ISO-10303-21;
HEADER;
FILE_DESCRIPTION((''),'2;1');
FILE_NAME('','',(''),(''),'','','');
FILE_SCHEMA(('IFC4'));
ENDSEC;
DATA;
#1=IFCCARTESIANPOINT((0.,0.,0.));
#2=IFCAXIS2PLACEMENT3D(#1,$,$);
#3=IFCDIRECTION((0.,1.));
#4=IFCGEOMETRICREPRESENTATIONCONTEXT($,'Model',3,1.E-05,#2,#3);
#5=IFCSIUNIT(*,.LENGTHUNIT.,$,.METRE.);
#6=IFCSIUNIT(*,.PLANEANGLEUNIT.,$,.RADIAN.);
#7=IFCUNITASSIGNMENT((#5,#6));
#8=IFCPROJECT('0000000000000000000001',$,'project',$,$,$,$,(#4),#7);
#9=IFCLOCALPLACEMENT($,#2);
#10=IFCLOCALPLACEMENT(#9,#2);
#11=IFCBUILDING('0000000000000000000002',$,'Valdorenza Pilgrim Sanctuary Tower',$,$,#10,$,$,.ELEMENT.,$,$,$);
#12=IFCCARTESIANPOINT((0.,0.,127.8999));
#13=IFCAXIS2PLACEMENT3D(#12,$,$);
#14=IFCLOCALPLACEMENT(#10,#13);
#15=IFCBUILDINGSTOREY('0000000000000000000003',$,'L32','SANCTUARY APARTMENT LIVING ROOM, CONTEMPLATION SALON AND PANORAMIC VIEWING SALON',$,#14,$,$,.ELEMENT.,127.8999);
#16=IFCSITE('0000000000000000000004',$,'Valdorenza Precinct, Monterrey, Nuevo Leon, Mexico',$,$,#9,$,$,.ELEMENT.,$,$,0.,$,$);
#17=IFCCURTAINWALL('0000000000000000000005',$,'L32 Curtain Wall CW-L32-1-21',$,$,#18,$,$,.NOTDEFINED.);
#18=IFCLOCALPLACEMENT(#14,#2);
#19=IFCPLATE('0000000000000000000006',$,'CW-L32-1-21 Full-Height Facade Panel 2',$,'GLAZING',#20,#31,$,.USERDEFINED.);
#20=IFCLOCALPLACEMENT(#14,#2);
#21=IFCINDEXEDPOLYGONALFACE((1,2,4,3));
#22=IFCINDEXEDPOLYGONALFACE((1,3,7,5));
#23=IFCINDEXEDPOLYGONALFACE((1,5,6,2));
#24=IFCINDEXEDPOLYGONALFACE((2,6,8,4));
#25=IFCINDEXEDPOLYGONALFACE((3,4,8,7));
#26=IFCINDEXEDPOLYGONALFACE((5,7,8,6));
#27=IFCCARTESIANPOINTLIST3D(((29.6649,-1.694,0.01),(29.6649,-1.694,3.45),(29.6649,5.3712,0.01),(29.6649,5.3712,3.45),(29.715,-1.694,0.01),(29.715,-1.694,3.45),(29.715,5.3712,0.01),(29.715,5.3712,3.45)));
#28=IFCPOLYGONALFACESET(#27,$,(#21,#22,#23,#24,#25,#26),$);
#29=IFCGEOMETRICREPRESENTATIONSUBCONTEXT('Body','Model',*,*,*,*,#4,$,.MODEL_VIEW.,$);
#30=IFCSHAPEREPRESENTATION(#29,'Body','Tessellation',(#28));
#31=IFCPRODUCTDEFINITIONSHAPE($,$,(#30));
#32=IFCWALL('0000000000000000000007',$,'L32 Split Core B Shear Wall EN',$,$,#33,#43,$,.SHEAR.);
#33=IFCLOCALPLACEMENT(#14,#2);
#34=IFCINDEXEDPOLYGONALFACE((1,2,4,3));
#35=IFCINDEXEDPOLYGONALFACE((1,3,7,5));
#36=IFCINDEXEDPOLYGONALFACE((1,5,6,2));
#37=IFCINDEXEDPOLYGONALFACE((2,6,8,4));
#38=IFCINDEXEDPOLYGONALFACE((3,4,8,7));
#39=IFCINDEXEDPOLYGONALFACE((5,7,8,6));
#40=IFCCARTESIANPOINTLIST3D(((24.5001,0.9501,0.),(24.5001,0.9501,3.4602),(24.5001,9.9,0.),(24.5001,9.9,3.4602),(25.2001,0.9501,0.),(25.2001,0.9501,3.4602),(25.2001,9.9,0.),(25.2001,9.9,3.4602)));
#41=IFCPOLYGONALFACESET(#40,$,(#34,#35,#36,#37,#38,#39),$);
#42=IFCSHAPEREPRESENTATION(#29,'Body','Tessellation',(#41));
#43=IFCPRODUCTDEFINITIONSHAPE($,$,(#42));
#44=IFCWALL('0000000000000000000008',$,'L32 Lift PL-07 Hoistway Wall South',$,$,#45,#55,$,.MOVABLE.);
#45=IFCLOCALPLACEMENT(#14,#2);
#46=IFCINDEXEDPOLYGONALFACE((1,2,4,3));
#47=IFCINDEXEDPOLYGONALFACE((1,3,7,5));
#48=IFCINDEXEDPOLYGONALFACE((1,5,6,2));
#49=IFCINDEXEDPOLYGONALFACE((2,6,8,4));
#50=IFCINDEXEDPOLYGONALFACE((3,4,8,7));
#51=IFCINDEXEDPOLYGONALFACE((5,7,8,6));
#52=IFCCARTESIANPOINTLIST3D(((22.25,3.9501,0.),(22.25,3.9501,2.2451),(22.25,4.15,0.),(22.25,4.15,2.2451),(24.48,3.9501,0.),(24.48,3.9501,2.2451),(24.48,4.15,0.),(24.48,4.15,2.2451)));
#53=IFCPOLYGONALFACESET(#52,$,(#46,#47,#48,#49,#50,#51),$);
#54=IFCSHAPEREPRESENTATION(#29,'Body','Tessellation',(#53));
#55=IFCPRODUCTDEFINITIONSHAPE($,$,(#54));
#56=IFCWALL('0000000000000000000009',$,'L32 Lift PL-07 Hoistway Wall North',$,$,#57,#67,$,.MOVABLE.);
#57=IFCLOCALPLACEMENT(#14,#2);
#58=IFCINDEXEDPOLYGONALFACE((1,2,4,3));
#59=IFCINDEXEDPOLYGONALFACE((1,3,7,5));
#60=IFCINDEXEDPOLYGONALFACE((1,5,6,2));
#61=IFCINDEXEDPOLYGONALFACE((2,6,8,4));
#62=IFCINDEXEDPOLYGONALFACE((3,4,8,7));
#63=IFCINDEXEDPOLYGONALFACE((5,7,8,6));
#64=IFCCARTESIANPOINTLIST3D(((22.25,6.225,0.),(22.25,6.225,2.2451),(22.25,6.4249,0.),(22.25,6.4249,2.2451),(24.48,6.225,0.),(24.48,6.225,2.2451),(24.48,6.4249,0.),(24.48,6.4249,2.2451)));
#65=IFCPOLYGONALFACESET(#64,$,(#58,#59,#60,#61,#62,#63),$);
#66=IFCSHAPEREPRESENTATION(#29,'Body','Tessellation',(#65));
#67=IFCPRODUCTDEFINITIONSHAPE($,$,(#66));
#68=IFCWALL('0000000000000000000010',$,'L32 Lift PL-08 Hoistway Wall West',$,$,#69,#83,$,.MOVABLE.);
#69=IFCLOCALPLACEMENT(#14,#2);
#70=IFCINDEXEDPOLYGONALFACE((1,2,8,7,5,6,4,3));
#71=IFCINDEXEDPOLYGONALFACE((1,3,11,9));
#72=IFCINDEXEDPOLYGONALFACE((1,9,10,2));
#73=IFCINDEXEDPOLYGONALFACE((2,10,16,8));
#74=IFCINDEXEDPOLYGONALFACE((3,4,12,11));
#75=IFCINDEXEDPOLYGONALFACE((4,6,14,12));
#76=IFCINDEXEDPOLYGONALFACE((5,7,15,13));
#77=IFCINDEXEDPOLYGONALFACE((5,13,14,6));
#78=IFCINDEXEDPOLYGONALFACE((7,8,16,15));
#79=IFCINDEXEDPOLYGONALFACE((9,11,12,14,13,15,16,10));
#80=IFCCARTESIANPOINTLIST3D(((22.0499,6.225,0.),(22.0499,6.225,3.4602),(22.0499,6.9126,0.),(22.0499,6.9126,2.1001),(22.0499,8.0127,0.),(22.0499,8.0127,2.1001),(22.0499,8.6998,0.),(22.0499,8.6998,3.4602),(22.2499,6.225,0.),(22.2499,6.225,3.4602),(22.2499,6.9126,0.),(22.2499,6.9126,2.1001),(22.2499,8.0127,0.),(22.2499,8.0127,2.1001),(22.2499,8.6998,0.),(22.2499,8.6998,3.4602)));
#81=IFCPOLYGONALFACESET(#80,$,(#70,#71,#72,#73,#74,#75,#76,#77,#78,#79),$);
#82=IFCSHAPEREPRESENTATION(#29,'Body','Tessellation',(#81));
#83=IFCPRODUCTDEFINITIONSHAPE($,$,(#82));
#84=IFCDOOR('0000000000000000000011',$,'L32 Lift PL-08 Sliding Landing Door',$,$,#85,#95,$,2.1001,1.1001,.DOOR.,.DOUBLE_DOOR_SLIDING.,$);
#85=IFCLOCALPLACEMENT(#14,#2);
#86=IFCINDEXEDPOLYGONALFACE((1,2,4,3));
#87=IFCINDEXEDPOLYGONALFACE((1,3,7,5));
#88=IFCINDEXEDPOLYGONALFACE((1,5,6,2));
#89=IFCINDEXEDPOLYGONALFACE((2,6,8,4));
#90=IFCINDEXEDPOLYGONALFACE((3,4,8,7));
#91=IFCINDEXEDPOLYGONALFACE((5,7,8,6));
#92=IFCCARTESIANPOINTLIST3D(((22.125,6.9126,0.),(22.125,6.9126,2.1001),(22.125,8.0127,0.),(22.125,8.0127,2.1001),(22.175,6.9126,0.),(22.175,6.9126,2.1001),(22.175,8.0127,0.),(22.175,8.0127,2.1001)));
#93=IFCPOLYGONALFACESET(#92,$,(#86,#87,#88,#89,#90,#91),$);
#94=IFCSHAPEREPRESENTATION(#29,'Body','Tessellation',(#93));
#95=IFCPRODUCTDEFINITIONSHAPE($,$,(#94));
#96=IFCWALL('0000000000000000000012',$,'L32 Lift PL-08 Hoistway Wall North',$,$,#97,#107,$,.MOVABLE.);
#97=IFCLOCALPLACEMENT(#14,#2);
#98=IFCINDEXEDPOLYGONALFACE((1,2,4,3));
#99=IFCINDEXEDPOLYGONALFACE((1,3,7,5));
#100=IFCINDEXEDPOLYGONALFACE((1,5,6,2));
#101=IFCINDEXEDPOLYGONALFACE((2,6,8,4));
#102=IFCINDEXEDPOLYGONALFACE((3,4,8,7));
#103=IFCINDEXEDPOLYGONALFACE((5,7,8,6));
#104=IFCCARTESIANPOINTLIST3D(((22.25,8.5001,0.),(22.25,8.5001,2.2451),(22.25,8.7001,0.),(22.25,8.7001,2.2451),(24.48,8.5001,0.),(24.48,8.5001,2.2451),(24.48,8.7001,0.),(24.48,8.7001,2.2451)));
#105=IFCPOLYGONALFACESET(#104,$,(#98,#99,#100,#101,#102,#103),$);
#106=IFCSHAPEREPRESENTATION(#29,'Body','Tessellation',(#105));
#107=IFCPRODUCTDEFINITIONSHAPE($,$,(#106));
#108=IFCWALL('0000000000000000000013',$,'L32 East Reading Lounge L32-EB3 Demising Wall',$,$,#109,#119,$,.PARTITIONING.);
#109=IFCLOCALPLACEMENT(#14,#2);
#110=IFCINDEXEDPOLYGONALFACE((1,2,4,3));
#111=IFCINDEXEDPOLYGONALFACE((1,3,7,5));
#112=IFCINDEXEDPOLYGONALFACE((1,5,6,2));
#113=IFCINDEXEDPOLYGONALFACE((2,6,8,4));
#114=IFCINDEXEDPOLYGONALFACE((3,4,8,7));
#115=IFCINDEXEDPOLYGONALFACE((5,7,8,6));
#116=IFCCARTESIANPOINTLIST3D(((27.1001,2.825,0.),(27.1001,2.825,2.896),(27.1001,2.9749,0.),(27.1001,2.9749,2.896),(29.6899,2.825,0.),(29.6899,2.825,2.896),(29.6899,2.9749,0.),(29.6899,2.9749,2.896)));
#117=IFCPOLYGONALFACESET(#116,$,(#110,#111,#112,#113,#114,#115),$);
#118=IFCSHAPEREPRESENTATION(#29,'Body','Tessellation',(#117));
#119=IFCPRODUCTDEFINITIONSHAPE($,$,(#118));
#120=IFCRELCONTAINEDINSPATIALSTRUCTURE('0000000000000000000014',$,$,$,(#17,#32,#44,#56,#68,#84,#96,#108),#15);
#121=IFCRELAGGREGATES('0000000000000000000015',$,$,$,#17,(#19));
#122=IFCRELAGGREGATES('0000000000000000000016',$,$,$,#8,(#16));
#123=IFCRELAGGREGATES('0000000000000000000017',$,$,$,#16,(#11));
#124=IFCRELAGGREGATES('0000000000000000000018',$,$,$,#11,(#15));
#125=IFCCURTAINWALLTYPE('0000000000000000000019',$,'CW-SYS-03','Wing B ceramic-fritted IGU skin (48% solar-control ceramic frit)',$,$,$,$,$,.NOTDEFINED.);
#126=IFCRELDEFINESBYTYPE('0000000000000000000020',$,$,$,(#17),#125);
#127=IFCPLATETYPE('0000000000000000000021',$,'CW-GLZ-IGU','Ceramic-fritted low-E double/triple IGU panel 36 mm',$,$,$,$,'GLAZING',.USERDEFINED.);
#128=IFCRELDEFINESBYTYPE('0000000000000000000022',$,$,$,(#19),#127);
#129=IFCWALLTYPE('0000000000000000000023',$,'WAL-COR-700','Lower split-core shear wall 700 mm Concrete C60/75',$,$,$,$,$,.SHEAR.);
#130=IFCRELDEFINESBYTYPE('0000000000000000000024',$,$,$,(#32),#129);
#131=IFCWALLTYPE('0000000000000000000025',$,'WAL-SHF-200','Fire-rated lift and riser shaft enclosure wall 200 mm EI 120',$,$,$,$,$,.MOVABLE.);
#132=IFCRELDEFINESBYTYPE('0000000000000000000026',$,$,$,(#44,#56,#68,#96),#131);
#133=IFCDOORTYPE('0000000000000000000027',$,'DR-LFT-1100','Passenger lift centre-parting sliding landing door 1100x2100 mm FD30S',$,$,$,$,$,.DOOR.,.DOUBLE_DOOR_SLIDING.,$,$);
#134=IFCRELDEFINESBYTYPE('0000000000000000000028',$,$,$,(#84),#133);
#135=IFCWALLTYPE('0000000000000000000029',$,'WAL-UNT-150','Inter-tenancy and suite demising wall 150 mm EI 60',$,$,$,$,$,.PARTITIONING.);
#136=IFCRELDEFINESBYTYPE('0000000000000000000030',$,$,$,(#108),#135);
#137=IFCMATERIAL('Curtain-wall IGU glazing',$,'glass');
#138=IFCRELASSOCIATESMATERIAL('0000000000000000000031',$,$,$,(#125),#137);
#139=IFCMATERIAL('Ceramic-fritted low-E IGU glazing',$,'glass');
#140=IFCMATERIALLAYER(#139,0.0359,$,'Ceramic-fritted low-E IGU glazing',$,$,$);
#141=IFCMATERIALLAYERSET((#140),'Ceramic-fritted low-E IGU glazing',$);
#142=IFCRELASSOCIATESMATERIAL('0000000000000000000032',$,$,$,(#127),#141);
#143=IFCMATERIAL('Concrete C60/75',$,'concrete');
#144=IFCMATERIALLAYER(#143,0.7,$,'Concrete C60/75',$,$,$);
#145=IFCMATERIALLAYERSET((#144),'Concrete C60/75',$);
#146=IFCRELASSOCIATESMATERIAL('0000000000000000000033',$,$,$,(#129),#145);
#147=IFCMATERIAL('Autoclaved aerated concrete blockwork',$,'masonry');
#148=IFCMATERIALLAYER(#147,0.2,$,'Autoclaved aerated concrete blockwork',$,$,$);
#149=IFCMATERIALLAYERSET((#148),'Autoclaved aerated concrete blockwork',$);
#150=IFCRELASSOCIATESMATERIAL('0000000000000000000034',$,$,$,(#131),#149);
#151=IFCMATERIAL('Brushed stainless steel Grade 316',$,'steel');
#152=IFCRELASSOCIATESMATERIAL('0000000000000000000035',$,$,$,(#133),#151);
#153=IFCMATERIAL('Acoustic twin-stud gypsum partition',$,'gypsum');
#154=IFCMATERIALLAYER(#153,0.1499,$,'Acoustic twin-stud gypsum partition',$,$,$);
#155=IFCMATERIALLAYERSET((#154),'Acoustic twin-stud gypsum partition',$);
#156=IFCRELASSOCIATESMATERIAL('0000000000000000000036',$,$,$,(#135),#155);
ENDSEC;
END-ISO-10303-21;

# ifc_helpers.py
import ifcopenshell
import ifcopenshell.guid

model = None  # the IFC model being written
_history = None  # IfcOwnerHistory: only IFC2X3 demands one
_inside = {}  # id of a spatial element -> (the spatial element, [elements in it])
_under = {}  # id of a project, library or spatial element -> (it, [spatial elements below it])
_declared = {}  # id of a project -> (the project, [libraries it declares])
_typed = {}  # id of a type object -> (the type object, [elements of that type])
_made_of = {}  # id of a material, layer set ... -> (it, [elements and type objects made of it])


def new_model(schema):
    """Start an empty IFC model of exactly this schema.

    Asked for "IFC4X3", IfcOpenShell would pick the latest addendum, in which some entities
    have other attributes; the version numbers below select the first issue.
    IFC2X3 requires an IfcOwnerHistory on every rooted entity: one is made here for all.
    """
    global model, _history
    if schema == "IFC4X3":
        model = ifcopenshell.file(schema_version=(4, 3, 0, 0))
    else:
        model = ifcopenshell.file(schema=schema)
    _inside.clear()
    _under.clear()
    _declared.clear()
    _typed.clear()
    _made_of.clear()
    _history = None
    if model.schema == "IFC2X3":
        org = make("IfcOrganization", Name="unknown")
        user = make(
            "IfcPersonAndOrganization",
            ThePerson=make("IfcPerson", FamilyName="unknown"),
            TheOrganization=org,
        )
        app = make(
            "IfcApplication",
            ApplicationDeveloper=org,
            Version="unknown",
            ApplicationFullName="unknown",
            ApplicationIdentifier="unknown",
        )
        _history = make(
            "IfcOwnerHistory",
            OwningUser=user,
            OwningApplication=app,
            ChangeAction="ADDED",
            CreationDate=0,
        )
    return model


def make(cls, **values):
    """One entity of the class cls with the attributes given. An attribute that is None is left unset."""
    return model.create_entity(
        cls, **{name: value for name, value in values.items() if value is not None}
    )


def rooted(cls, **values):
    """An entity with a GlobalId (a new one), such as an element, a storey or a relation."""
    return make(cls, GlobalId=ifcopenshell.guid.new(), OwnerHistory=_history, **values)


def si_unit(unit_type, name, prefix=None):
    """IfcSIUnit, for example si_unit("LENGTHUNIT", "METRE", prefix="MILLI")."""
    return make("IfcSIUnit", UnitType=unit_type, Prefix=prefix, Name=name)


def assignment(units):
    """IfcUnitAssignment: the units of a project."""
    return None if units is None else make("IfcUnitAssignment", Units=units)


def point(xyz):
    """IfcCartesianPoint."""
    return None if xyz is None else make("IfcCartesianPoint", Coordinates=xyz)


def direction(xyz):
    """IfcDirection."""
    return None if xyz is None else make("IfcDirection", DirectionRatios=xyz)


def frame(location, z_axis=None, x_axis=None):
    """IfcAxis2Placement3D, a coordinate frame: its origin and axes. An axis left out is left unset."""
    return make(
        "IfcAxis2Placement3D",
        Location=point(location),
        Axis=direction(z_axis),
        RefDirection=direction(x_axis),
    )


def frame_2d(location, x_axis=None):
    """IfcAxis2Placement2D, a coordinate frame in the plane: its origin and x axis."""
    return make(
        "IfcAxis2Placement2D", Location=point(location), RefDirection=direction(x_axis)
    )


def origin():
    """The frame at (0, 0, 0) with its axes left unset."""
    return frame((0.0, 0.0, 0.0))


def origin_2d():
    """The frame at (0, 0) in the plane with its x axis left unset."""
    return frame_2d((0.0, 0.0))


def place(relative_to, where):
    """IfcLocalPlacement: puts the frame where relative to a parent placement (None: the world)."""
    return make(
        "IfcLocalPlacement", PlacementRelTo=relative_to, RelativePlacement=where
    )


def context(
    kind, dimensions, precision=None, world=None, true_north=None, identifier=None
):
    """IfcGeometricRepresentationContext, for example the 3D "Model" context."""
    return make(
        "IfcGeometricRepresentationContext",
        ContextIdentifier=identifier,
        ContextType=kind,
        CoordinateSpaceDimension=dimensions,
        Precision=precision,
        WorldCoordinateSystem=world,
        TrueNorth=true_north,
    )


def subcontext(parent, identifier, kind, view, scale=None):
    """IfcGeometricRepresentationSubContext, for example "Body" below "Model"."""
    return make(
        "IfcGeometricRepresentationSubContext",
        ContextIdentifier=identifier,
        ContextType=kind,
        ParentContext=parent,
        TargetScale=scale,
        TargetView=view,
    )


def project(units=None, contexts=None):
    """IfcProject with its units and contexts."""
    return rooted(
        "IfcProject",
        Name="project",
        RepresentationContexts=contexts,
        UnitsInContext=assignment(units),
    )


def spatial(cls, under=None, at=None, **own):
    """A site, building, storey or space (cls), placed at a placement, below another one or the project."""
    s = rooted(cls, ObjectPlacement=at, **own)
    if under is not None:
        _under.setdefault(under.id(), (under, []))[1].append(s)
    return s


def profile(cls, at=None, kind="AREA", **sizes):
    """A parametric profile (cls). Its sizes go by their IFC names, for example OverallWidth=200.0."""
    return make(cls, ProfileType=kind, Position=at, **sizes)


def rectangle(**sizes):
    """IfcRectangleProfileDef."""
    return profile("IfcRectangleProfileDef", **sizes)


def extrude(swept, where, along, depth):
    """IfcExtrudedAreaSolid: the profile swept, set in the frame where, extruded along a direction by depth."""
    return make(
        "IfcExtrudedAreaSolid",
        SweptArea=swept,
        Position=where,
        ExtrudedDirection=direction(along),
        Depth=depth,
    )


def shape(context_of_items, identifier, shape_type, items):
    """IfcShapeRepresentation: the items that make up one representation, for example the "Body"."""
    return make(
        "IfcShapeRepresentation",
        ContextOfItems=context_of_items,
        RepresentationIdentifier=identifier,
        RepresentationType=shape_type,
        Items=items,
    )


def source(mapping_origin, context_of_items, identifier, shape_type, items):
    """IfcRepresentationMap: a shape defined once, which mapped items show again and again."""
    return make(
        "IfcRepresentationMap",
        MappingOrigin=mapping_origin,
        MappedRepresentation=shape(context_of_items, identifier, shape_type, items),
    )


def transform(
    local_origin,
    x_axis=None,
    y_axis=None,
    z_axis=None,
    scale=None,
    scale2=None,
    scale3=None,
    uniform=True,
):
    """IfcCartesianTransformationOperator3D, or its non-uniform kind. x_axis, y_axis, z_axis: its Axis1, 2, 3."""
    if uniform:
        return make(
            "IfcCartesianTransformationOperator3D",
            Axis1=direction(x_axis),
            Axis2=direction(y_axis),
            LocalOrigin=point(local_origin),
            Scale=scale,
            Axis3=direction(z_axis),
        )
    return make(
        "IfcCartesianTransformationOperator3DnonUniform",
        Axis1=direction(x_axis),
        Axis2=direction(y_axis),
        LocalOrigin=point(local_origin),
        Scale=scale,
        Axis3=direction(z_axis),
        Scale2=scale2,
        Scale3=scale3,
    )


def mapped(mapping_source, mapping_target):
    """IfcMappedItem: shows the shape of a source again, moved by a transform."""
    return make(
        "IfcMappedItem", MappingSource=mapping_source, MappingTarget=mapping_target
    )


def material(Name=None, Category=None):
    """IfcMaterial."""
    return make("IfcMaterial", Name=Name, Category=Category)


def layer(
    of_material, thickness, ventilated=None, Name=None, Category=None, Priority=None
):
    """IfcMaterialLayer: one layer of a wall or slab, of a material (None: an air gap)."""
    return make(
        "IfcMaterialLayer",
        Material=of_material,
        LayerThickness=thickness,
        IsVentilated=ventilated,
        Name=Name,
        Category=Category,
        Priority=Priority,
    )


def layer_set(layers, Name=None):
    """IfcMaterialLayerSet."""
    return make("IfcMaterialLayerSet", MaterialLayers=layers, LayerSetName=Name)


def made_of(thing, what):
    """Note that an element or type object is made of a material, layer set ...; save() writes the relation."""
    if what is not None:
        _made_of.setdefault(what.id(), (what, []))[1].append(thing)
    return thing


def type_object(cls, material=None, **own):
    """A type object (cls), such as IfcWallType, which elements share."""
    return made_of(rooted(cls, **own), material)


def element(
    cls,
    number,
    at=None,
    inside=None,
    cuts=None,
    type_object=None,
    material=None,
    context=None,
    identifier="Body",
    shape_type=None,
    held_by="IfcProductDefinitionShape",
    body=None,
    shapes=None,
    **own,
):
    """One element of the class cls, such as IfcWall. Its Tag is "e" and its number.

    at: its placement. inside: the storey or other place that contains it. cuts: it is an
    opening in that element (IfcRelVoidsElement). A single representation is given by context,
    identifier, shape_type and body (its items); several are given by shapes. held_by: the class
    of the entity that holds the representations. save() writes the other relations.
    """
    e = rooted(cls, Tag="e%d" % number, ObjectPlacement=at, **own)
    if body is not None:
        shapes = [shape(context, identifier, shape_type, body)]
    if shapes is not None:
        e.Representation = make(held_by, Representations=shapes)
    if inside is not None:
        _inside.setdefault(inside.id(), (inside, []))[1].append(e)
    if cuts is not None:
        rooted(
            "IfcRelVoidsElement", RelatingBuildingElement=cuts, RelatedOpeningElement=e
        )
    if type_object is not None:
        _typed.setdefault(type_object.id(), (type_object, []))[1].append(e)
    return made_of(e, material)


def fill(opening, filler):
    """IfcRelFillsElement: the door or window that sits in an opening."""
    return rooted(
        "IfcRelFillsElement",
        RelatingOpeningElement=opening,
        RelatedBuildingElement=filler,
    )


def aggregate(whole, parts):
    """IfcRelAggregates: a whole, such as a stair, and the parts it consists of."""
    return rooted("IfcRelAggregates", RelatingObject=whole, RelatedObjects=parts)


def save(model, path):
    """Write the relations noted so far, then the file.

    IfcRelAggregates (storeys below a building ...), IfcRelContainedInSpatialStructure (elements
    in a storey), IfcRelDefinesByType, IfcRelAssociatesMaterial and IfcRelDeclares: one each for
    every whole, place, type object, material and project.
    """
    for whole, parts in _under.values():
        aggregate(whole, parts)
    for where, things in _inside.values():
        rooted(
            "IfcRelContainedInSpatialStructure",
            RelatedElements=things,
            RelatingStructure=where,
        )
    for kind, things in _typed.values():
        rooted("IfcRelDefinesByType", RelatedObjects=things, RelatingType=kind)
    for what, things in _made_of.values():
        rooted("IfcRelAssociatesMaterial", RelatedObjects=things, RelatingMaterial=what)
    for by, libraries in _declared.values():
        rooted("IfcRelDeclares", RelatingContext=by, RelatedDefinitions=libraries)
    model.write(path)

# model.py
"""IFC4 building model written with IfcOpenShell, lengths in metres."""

from ifc_helpers import new_model, si_unit, direction, frame, frame_2d, origin, origin_2d, place, context, subcontext, project, spatial, rectangle, extrude, source, transform, mapped, material, layer, layer_set, type_object, element, fill, aggregate, save


model = new_model("IFC4")

# Units and contexts
model_context = context("Model", 3, precision=1e-05, world=origin(), true_north=direction((0.0, 1.0)))
body_context = subcontext(model_context, "Body", "Model", "MODEL_VIEW")
ifc_project = project(units=[si_unit("LENGTHUNIT", "METRE"), si_unit("PLANEANGLEUNIT", "RADIAN")], contexts=[model_context])

# Site, building, storey
site_placement = place(None, origin())
site = spatial("IfcSite", under=ifc_project, at=site_placement, Name="Valdorenza Precinct, Monterrey, Nuevo Leon, Mexico", CompositionType="ELEMENT", RefElevation=0.0)
building_placement = place(site_placement, origin())
building = spatial("IfcBuilding", under=site, at=building_placement, Name="Valdorenza Pilgrim Sanctuary Tower", CompositionType="ELEMENT")
storey_placement = place(building_placement, frame((0.0, 0.0, 127.8999)))
storey = spatial("IfcBuildingStorey", under=building, at=storey_placement, Name="L32", Description="SANCTUARY APARTMENT LIVING ROOM, CONTEMPLATION SALON AND PANORAMIC VIEWING SALON", CompositionType="ELEMENT", Elevation=127.8999)

# Curtain wall, plate
ifc_material_1 = material(Name="Curtain-wall IGU glazing", Category="glass")
curtain_wall_type = type_object("IfcCurtainWallType", Name="CW-SYS-03", Description="Wing B ceramic-fritted IGU skin (48% solar-control ceramic frit)", PredefinedType="NOTDEFINED", material=ifc_material_1)
curtain_wall_placement = place(storey_placement, origin())
curtain_wall = element("IfcCurtainWall", 1, at=curtain_wall_placement, inside=storey, type_object=curtain_wall_type, Name="L32 Curtain Wall CW-L32-1-21", PredefinedType="NOTDEFINED")
ifc_material_2 = material(Name="Ceramic-fritted low-E IGU glazing", Category="glass")
ifc_layer_1 = layer(ifc_material_2, 0.0359, Name="Ceramic-fritted low-E IGU glazing")
ifc_layer_set_1 = layer_set([ifc_layer_1], Name="Ceramic-fritted low-E IGU glazing")
plate_type_1 = type_object("IfcPlateType", Name="CW-GLZ-IGU", Description="Ceramic-fritted low-E double/triple IGU panel 36 mm", ElementType="GLAZING", PredefinedType="USERDEFINED", material=ifc_layer_set_1)
shared_shape_1 = source(origin(), body_context, "Body", "SweptSolid", [
    extrude(rectangle(XDim=7.0652, YDim=0.05, at=origin_2d()), origin(), (0.0, 0.0, 1.0), 3.4399),
])
plate_1_placement = place(storey_placement, frame((29.6899, 1.8386, 0.01), z_axis=(0.0, 0.0, 1.0), x_axis=(0.0, -1.0, 0.0)))
plate_1 = element("IfcPlate", 2, at=plate_1_placement, type_object=plate_type_1, Name="CW-L32-1-21 Full-Height Facade Panel 2", ObjectType="GLAZING", PredefinedType="USERDEFINED", context=body_context, shape_type="MappedRepresentation", body=[
    mapped(shared_shape_1, transform((0.0, 0.0, 0.0), x_axis=(1.0, 0.0, 0.0), y_axis=(0.0, 1.0, 0.0), z_axis=(0.0, 0.0, 1.0), scale=1.0)),
])
aggregate(curtain_wall, [plate_1])

# Walls
ifc_material_3 = material(Name="Concrete C60/75", Category="concrete")
ifc_layer_2 = layer(ifc_material_3, 0.7, Name="Concrete C60/75")
ifc_layer_set_2 = layer_set([ifc_layer_2], Name="Concrete C60/75")
wall_type_1 = type_object("IfcWallType", Name="WAL-COR-700", Description="Lower split-core shear wall 700 mm Concrete C60/75", PredefinedType="SHEAR", material=ifc_layer_set_2)
wall_1_placement = place(storey_placement, frame((24.8501, 0.95, 0.0), z_axis=(0.0, 0.0, 1.0), x_axis=(0.0, 1.0, 0.0)))
element("IfcWall", 3, at=wall_1_placement, inside=storey, type_object=wall_type_1, Name="L32 Split Core B Shear Wall EN", PredefinedType="SHEAR", context=body_context, shape_type="SweptSolid", body=[
    extrude(rectangle(XDim=8.95, YDim=0.7, at=frame_2d((4.4751, 0.0))), origin(), (0.0, 0.0, 1.0), 3.4602),
])
ifc_material_4 = material(Name="Autoclaved aerated concrete blockwork", Category="masonry")
ifc_layer_3 = layer(ifc_material_4, 0.2, Name="Autoclaved aerated concrete blockwork")
ifc_layer_set_3 = layer_set([ifc_layer_3], Name="Autoclaved aerated concrete blockwork")
wall_type_2 = type_object("IfcWallType", Name="WAL-SHF-200", Description="Fire-rated lift and riser shaft enclosure wall 200 mm EI 120", PredefinedType="MOVABLE", material=ifc_layer_set_3)
for number, where, z_axis, x_axis, name in (
    (4, (22.25, 4.05, 0.0), (0.0, 0.0, 1.0), (1.0, 0.0, 0.0), "L32 Lift PL-07 Hoistway Wall South"),
    (5, (22.25, 6.325, 0.0), (0.0, 0.0, 1.0), (1.0, 0.0, 0.0), "L32 Lift PL-07 Hoistway Wall North"),
):
    element("IfcWall", number, at=place(storey_placement, frame(where, z_axis=z_axis, x_axis=x_axis)), inside=storey, type_object=wall_type_2, Name=name, PredefinedType="MOVABLE", context=body_context, shape_type="SweptSolid", body=[
        extrude(rectangle(XDim=2.23, YDim=0.2, at=frame_2d((1.115, 0.0))), origin(), (0.0, 0.0, 1.0), 2.2451),
    ])

# Wall, opening, door
wall_2_placement = place(storey_placement, frame((22.1499, 6.2251, 0.0), z_axis=(0.0, 0.0, 1.0), x_axis=(0.0, 1.0, 0.0)))
wall_2 = element("IfcWall", 6, at=wall_2_placement, inside=storey, type_object=wall_type_2, Name="L32 Lift PL-08 Hoistway Wall West", PredefinedType="MOVABLE", context=body_context, shape_type="SweptSolid", body=[
    extrude(rectangle(XDim=2.4749, YDim=0.2, at=frame_2d((1.2373, 0.0))), origin(), (0.0, 0.0, 1.0), 3.4602),
])
opening_placement = place(wall_2_placement, frame((0.6875, 0.0, 0.0)))
opening = element("IfcOpeningElement", 7, at=opening_placement, cuts=wall_2, PredefinedType="OPENING", context=body_context, shape_type="SweptSolid", body=[
    extrude(rectangle(XDim=1.1001, YDim=2.1001, at=frame_2d((0.55, 1.05))), frame((0.0, 0.1147, 0.0), z_axis=(0.0, -1.0, 0.0), x_axis=(1.0, 0.0, 0.0)), (0.0, 0.0, 1.0), 0.2297),
])
ifc_material_5 = material(Name="Brushed stainless steel Grade 316", Category="steel")
door_type = type_object("IfcDoorType", Name="DR-LFT-1100", Description="Passenger lift centre-parting sliding landing door 1100x2100 mm FD30S", OperationType="DOUBLE_DOOR_SLIDING", PredefinedType="DOOR", material=ifc_material_5)
door_placement = place(opening_placement, origin())
door = element("IfcDoor", 8, at=door_placement, inside=storey, type_object=door_type, Name="L32 Lift PL-08 Sliding Landing Door", OperationType="DOUBLE_DOOR_SLIDING", OverallHeight=2.1001, OverallWidth=1.1001, PredefinedType="DOOR", context=body_context, shape_type="SweptSolid", body=[
    extrude(rectangle(XDim=1.1001, YDim=2.1001, at=frame_2d((0.55, 1.05))), frame((0.0, 0.0249, 0.0), z_axis=(0.0, -1.0, 0.0), x_axis=(1.0, 0.0, 0.0)), (0.0, 0.0, 1.0), 0.05),
])
fill(opening, door)

# Walls
wall_3_placement = place(storey_placement, frame((22.25, 8.6001, 0.0), z_axis=(0.0, 0.0, 1.0), x_axis=(1.0, 0.0, 0.0)))
element("IfcWall", 9, at=wall_3_placement, inside=storey, type_object=wall_type_2, Name="L32 Lift PL-08 Hoistway Wall North", PredefinedType="MOVABLE", context=body_context, shape_type="SweptSolid", body=[
    extrude(rectangle(XDim=2.23, YDim=0.2, at=frame_2d((1.115, 0.0))), origin(), (0.0, 0.0, 1.0), 2.2451),
])
ifc_material_6 = material(Name="Acoustic twin-stud gypsum partition", Category="gypsum")
ifc_layer_4 = layer(ifc_material_6, 0.1499, Name="Acoustic twin-stud gypsum partition")
ifc_layer_set_4 = layer_set([ifc_layer_4], Name="Acoustic twin-stud gypsum partition")
wall_type_3 = type_object("IfcWallType", Name="WAL-UNT-150", Description="Inter-tenancy and suite demising wall 150 mm EI 60", PredefinedType="PARTITIONING", material=ifc_layer_set_4)
wall_4_placement = place(storey_placement, frame((27.1001, 2.8999, 0.0), z_axis=(0.0, 0.0, 1.0), x_axis=(1.0, 0.0, 0.0)))
element("IfcWall", 10, at=wall_4_placement, inside=storey, type_object=wall_type_3, Name="L32 East Reading Lounge L32-EB3 Demising Wall", PredefinedType="PARTITIONING", context=body_context, shape_type="SweptSolid", body=[
    extrude(rectangle(XDim=2.5898, YDim=0.1499, at=frame_2d((1.2949, 0.0))), origin(), (0.0, 0.0, 1.0), 2.896),
])

save(model, "model.ifc")
